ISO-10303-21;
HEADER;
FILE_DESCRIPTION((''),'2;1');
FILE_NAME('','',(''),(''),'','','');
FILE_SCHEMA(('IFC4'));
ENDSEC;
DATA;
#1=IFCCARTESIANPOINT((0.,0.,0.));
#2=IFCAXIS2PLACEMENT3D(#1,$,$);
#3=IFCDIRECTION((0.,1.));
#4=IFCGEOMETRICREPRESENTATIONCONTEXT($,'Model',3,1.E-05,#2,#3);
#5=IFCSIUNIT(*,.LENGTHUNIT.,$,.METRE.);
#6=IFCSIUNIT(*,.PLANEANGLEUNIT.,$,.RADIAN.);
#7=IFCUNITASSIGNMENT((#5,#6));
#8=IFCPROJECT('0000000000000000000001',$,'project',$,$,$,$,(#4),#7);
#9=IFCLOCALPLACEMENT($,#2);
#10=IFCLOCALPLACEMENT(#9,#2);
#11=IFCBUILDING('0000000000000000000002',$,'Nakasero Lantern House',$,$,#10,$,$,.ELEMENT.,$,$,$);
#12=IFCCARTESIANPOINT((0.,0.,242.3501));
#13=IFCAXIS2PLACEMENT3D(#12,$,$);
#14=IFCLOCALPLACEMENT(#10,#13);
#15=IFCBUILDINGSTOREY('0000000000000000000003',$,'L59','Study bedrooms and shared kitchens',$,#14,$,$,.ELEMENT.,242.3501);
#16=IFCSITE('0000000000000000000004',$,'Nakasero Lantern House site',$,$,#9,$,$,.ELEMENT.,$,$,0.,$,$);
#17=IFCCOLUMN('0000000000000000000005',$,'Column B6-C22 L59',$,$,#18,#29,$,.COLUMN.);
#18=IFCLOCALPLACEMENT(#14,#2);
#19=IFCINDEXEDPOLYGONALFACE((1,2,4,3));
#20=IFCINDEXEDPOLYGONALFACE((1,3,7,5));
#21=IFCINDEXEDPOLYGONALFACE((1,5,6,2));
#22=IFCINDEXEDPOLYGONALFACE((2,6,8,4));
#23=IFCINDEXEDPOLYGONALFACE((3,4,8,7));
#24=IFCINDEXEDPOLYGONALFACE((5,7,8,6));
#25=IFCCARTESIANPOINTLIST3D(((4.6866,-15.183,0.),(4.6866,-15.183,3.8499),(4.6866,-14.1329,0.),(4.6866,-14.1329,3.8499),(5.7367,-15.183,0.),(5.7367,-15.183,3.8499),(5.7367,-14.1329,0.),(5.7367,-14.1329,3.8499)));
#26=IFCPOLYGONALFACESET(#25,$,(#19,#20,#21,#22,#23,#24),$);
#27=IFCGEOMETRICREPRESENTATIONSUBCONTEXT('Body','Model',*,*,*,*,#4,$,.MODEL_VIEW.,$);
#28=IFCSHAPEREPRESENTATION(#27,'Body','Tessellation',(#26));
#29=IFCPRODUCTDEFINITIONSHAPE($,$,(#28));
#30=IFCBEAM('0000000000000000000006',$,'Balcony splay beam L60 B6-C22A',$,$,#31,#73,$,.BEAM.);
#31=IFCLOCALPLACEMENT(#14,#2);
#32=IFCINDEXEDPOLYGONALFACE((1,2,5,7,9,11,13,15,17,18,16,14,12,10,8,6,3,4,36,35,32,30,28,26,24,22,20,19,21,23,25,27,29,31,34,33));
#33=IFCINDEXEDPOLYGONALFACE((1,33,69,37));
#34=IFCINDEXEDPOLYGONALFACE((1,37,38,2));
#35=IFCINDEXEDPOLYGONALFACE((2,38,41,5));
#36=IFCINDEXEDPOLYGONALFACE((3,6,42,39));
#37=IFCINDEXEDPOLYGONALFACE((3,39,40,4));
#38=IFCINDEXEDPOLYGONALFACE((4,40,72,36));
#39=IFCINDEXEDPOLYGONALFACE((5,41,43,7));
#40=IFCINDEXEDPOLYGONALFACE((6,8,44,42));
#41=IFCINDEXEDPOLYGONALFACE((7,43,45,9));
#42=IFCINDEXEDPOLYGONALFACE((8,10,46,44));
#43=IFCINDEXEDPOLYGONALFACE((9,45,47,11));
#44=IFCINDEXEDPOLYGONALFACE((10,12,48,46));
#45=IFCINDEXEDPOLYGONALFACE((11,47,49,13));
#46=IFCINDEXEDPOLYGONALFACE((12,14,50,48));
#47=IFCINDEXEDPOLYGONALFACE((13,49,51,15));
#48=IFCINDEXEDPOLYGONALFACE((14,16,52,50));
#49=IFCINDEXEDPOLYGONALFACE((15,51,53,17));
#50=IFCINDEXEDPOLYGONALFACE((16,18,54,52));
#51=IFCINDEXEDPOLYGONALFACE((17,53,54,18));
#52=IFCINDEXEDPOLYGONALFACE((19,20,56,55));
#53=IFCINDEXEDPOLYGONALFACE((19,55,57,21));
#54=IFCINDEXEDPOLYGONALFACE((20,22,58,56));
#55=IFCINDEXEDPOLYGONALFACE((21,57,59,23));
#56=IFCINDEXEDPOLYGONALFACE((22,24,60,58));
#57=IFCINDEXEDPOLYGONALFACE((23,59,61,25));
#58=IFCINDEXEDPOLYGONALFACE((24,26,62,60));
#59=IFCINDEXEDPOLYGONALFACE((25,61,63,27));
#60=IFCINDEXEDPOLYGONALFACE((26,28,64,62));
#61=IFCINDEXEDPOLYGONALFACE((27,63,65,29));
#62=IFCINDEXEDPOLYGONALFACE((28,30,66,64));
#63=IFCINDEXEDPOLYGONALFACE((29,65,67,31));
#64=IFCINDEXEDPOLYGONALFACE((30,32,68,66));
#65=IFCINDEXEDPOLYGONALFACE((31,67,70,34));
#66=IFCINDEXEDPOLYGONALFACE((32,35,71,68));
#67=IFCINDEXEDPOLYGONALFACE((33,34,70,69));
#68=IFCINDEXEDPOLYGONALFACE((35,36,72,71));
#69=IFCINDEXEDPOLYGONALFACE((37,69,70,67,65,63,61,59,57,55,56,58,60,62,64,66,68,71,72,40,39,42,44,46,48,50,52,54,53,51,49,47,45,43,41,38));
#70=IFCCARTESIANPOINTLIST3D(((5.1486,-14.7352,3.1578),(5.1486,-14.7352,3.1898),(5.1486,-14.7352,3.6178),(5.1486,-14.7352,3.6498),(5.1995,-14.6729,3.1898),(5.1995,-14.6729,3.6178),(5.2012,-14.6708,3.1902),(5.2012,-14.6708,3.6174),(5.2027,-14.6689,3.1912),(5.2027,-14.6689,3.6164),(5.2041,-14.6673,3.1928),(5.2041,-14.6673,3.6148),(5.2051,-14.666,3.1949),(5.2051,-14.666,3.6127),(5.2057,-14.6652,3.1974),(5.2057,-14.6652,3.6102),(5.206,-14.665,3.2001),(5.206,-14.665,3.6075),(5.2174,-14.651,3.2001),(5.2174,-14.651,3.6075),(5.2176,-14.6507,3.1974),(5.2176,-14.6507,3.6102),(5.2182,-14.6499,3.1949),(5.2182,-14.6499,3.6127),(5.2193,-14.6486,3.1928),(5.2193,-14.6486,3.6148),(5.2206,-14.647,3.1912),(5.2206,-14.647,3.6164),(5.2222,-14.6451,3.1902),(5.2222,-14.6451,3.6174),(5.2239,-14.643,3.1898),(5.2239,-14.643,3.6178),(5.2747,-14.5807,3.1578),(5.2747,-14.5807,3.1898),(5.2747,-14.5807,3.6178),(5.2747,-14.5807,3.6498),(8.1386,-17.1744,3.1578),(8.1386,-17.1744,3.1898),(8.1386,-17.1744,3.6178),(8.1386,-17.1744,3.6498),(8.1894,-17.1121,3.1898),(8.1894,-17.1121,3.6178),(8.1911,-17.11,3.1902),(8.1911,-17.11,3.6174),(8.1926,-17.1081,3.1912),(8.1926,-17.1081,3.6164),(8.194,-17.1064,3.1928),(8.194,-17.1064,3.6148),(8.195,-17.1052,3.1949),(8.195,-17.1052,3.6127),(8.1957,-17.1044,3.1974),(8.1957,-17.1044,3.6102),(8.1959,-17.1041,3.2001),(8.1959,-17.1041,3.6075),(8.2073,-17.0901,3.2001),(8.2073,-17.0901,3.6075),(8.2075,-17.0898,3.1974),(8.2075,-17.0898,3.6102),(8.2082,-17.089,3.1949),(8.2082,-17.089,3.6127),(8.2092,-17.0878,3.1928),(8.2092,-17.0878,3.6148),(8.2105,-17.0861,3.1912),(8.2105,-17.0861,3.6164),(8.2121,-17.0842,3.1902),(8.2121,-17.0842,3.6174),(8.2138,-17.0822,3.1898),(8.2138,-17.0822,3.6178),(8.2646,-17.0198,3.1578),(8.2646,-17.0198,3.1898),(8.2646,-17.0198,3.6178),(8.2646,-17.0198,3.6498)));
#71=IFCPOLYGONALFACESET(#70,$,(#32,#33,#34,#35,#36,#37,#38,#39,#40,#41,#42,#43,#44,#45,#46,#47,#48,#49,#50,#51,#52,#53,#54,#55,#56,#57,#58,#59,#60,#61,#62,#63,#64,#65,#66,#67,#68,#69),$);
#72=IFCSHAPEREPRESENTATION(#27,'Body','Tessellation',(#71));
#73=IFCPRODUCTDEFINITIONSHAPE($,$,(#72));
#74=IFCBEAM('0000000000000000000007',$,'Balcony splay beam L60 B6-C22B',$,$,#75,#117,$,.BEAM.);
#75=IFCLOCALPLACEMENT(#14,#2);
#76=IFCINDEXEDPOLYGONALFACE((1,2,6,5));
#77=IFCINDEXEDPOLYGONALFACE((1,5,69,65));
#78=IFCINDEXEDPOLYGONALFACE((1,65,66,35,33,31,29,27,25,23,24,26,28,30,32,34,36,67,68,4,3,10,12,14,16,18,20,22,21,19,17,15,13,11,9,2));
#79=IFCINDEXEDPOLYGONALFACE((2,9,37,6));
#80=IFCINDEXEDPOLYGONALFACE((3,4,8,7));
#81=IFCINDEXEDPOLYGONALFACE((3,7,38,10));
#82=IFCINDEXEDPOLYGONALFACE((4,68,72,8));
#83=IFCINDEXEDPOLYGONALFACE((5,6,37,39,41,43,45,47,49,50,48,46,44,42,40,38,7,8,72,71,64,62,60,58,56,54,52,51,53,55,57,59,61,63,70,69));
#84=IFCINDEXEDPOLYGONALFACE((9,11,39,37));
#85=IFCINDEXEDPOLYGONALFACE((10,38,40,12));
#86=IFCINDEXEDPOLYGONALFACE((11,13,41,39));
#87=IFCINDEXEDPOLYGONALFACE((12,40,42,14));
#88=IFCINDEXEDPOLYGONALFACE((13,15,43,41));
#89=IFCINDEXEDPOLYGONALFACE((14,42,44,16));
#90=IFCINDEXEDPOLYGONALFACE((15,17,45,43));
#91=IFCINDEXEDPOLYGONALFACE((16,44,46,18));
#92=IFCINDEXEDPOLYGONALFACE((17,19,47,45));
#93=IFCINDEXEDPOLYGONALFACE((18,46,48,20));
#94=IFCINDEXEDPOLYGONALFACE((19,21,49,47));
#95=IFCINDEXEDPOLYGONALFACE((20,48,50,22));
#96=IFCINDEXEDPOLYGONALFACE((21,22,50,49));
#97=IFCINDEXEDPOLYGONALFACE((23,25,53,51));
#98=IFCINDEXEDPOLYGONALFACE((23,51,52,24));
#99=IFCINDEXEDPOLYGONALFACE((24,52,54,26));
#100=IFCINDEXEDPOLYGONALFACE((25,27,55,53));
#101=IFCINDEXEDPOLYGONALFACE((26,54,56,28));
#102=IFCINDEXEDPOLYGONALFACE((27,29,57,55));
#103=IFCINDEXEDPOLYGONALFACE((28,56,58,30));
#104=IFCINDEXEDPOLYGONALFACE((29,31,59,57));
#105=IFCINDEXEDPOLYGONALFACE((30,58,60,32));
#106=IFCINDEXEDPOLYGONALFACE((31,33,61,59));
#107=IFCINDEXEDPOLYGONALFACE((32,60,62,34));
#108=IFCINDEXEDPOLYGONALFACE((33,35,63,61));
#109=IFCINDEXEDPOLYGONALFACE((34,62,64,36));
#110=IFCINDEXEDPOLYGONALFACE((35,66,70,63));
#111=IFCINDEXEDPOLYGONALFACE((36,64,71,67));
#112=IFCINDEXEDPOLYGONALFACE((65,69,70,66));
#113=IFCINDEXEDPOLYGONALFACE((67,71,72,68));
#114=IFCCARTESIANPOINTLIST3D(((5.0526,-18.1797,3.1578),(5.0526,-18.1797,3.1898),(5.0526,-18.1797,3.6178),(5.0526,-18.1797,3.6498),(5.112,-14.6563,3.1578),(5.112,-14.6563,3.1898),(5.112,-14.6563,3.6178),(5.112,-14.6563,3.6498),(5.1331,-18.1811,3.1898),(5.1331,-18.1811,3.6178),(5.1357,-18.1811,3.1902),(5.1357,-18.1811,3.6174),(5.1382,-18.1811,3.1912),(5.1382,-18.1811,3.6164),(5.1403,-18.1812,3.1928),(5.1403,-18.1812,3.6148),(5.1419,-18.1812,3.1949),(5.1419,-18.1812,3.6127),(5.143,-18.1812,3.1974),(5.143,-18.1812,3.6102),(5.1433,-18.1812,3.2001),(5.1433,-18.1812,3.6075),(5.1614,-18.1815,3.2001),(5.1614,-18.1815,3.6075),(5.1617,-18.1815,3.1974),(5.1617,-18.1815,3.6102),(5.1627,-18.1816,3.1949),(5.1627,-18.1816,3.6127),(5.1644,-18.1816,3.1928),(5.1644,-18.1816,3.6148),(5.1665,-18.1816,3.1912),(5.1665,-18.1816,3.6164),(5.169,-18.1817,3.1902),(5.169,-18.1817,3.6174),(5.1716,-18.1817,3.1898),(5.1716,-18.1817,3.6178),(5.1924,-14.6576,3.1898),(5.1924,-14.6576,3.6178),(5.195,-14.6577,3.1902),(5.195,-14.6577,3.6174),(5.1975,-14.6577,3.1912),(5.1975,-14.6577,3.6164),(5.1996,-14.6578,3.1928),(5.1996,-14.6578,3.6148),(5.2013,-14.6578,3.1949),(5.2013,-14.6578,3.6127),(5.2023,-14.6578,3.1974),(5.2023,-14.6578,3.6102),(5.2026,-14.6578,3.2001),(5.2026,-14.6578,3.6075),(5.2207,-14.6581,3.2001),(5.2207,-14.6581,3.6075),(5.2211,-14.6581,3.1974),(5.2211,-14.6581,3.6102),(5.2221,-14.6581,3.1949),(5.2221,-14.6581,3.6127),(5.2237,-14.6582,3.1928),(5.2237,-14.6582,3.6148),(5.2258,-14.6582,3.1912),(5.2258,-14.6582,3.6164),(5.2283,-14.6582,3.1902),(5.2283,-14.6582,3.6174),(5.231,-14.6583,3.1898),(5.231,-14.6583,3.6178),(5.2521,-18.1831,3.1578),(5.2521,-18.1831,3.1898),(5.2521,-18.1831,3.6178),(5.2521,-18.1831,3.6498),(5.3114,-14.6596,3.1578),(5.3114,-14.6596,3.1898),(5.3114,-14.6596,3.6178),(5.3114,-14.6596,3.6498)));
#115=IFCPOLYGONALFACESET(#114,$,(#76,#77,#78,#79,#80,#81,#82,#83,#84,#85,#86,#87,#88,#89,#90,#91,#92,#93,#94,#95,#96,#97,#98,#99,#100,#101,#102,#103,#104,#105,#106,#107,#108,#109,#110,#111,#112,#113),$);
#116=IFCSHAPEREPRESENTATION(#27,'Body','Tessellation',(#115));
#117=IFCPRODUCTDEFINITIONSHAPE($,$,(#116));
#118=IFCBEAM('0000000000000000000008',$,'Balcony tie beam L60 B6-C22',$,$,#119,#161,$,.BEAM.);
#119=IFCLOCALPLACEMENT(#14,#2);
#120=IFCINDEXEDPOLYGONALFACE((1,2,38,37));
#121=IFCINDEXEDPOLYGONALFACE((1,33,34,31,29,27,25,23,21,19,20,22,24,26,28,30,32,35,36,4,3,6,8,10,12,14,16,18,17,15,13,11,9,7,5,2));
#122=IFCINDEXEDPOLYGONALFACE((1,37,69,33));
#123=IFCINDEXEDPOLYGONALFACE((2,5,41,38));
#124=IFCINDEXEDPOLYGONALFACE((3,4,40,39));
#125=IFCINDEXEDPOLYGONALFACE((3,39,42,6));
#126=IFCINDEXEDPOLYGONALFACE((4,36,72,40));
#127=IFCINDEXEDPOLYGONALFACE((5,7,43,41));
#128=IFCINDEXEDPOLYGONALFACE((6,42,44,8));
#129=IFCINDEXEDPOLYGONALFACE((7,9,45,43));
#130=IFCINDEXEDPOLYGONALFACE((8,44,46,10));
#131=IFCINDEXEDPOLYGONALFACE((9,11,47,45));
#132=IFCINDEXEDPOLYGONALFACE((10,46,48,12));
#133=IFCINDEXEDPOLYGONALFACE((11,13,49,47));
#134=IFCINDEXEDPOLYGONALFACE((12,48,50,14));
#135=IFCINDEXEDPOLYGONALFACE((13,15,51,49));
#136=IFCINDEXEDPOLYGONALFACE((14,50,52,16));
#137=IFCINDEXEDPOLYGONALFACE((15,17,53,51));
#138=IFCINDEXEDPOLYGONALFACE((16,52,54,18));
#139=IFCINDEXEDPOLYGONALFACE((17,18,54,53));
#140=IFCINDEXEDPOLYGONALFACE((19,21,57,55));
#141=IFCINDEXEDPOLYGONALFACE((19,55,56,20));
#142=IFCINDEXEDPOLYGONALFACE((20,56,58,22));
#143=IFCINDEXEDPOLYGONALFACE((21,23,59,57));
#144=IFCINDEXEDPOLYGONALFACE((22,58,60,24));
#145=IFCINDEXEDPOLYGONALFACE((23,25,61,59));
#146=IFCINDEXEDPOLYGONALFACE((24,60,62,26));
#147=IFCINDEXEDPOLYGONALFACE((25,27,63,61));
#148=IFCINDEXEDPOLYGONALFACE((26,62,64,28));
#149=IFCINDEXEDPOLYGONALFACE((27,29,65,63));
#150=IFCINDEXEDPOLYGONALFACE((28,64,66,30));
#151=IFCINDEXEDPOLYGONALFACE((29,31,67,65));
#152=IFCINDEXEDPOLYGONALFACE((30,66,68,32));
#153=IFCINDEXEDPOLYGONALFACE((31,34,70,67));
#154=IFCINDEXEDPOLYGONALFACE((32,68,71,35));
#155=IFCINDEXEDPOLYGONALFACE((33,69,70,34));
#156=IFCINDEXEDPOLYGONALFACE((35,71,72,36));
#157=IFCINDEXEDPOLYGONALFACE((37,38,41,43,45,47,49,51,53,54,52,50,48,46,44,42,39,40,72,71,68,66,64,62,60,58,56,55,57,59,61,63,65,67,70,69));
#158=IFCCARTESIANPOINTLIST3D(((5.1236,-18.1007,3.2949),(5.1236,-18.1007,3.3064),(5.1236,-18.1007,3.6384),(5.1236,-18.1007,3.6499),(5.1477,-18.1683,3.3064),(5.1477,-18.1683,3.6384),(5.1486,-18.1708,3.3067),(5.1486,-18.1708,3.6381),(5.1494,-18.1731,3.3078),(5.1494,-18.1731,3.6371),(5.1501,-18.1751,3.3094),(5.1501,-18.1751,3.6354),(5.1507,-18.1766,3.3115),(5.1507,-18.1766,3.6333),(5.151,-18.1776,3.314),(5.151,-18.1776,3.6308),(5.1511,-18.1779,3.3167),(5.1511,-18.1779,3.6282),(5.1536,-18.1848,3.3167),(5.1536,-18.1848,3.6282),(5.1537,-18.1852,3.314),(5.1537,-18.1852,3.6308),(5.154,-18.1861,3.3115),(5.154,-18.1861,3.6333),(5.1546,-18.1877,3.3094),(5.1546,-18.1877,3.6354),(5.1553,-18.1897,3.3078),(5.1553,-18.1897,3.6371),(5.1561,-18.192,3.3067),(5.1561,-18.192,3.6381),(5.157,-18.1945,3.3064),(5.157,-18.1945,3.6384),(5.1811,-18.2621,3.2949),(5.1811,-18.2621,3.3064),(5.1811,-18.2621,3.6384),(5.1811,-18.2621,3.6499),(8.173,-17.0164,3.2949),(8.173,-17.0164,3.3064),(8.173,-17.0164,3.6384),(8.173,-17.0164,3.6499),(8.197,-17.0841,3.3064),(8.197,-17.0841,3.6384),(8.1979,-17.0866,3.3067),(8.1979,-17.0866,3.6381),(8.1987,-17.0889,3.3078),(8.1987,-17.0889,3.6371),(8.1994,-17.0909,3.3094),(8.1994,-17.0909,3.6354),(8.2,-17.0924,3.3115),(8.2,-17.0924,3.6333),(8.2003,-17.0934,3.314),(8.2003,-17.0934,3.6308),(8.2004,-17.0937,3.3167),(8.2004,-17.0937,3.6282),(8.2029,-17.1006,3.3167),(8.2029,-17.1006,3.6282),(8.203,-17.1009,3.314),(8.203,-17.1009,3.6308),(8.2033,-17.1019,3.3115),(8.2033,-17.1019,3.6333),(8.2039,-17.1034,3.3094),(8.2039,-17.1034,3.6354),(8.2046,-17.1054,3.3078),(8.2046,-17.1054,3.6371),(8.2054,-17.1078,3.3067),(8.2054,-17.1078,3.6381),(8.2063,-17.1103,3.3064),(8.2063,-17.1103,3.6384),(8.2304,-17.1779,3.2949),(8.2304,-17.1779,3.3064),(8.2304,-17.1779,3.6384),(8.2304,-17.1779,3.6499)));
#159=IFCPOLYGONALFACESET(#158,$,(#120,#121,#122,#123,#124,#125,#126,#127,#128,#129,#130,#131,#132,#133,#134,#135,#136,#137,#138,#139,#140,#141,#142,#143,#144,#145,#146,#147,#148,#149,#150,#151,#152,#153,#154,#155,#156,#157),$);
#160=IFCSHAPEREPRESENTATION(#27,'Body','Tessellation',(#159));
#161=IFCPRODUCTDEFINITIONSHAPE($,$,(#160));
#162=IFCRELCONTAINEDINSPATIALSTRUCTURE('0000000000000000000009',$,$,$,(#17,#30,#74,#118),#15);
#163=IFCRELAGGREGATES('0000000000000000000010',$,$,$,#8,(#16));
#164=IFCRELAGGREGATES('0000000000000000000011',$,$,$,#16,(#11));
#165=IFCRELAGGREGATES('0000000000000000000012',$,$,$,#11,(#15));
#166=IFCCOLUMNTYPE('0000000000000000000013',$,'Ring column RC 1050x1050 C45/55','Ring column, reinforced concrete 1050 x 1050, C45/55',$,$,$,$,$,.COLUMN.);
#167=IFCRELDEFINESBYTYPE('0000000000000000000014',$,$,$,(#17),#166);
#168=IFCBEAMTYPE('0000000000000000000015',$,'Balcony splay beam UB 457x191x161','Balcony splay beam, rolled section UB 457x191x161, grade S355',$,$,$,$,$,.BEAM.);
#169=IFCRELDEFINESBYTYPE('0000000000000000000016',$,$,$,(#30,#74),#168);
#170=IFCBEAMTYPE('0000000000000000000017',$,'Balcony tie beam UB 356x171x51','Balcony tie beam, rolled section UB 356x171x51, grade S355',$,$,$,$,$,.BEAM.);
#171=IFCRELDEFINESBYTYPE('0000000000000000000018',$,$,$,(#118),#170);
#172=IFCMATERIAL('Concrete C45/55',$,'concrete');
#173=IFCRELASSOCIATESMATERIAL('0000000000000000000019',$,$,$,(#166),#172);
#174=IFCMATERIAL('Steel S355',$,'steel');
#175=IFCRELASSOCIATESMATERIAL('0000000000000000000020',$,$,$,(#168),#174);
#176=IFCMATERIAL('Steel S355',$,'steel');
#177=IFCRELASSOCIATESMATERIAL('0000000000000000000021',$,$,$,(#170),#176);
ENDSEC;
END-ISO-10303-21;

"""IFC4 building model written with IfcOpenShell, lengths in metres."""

from ifc_helpers import new_model, si_unit, direction, frame, origin, origin_2d, place, context, subcontext, project, spatial, rectangle, i_section, extrude, material, material_profile, profile_set, type_object, element, save


model = new_model("IFC4")

# Units and contexts
model_context = context("Model", 3, precision=1e-05, world=origin(), true_north=direction((0.0, 1.0)))
body_context = subcontext(model_context, "Body", "Model", "MODEL_VIEW")
ifc_project = project(units=[si_unit("LENGTHUNIT", "METRE"), si_unit("PLANEANGLEUNIT", "RADIAN")], contexts=[model_context])

# Site, building, storey
site_placement = place(None, origin())
site = spatial("IfcSite", under=ifc_project, at=site_placement, Name="Nakasero Lantern House site", CompositionType="ELEMENT", RefElevation=0.0)
building_placement = place(site_placement, origin())
building = spatial("IfcBuilding", under=site, at=building_placement, Name="Nakasero Lantern House", CompositionType="ELEMENT")
storey_placement = place(building_placement, frame((0.0, 0.0, 242.3501)))
storey = spatial("IfcBuildingStorey", under=building, at=storey_placement, Name="L59", Description="Study bedrooms and shared kitchens", CompositionType="ELEMENT", Elevation=242.3501)

# Column
ifc_material_1 = material(Name="Concrete C45/55", Category="concrete")
ifc_material_profile_1 = material_profile(ifc_material_1, rectangle(XDim=1.05, YDim=1.05, at=origin_2d()), Name="RC 1050x1050")
ifc_profile_set_1 = profile_set([ifc_material_profile_1], Name="Concrete C45/55")
column_type = type_object("IfcColumnType", Name="Ring column RC 1050x1050 C45/55", Description="Ring column, reinforced concrete 1050 x 1050, C45/55", PredefinedType="COLUMN", material=ifc_profile_set_1)
column_placement = place(storey_placement, frame((5.2117, -14.658, 0.0), z_axis=(0.0, 0.0, 1.0), x_axis=(1.0, 0.0, 0.0)))
element("IfcColumn", 1, at=column_placement, inside=storey, type_object=column_type, Name="Column B6-C22 L59", PredefinedType="COLUMN", context=body_context, shape_type="SweptSolid", body=[
    extrude(rectangle(XDim=1.05, YDim=1.05, at=origin_2d()), origin(), (0.0, 0.0, 1.0), 3.8499),
])

# Beams
ifc_material_2 = material(Name="Steel S355", Category="steel")
ifc_material_profile_2 = material_profile(ifc_material_2, i_section(OverallWidth=0.1995, OverallDepth=0.4919, WebThickness=0.0181, FlangeThickness=0.032, FilletRadius=0.0103, at=origin_2d()), Name="UB 457x191x161")
ifc_profile_set_2 = profile_set([ifc_material_profile_2], Name="Steel S355")
beam_type_1 = type_object("IfcBeamType", Name="Balcony splay beam UB 457x191x161", Description="Balcony splay beam, rolled section UB 457x191x161, grade S355", PredefinedType="BEAM", material=ifc_profile_set_2)
beam_1_placement = place(storey_placement, frame((5.2117, -14.658, 3.4038), z_axis=(0.774864, -0.632128, 0.0), x_axis=(0.632128, 0.774864, 0.0)))
element("IfcBeam", 2, at=beam_1_placement, inside=storey, type_object=beam_type_1, Name="Balcony splay beam L60 B6-C22A", PredefinedType="BEAM", context=body_context, shape_type="SweptSolid", body=[
    extrude(i_section(OverallWidth=0.1995, OverallDepth=0.4919, WebThickness=0.0181, FlangeThickness=0.032, FilletRadius=0.0103, at=origin_2d()), origin(), (0.0, 0.0, 1.0), 3.8586),
])
beam_2_placement = place(storey_placement, frame((5.2117, -14.658, 3.4038), z_axis=(-0.016835, -0.999858, 0.0), x_axis=(0.999858, -0.016835, 0.0)))
element("IfcBeam", 3, at=beam_2_placement, inside=storey, type_object=beam_type_1, Name="Balcony splay beam L60 B6-C22B", PredefinedType="BEAM", context=body_context, shape_type="SweptSolid", body=[
    extrude(i_section(OverallWidth=0.1995, OverallDepth=0.4919, WebThickness=0.0181, FlangeThickness=0.032, FilletRadius=0.0103, at=origin_2d()), origin(), (0.0, 0.0, 1.0), 3.5239),
])
ifc_material_3 = material(Name="Steel S355", Category="steel")
ifc_material_profile_3 = material_profile(ifc_material_3, i_section(OverallWidth=0.1714, OverallDepth=0.355, WebThickness=0.0073, FlangeThickness=0.0115, FilletRadius=0.0103, at=origin_2d()), Name="UB 356x171x51")
ifc_profile_set_3 = profile_set([ifc_material_profile_3], Name="Steel S355")
beam_type_2 = type_object("IfcBeamType", Name="Balcony tie beam UB 356x171x51", Description="Balcony tie beam, rolled section UB 356x171x51, grade S355", PredefinedType="BEAM", material=ifc_profile_set_3)
beam_3_placement = place(storey_placement, frame((8.2017, -17.0972, 3.4724), z_axis=(-0.942212, -0.335017, 0.0), x_axis=(0.335017, -0.942212, 0.0)))
element("IfcBeam", 4, at=beam_3_placement, inside=storey, type_object=beam_type_2, Name="Balcony tie beam L60 B6-C22", PredefinedType="BEAM", context=body_context, shape_type="SweptSolid", body=[
    extrude(i_section(OverallWidth=0.1714, OverallDepth=0.355, WebThickness=0.0073, FlangeThickness=0.0115, FilletRadius=0.0103, at=origin_2d()), origin(), (0.0, 0.0, 1.0), 3.2363),
])

save(model, "model.ifc")
